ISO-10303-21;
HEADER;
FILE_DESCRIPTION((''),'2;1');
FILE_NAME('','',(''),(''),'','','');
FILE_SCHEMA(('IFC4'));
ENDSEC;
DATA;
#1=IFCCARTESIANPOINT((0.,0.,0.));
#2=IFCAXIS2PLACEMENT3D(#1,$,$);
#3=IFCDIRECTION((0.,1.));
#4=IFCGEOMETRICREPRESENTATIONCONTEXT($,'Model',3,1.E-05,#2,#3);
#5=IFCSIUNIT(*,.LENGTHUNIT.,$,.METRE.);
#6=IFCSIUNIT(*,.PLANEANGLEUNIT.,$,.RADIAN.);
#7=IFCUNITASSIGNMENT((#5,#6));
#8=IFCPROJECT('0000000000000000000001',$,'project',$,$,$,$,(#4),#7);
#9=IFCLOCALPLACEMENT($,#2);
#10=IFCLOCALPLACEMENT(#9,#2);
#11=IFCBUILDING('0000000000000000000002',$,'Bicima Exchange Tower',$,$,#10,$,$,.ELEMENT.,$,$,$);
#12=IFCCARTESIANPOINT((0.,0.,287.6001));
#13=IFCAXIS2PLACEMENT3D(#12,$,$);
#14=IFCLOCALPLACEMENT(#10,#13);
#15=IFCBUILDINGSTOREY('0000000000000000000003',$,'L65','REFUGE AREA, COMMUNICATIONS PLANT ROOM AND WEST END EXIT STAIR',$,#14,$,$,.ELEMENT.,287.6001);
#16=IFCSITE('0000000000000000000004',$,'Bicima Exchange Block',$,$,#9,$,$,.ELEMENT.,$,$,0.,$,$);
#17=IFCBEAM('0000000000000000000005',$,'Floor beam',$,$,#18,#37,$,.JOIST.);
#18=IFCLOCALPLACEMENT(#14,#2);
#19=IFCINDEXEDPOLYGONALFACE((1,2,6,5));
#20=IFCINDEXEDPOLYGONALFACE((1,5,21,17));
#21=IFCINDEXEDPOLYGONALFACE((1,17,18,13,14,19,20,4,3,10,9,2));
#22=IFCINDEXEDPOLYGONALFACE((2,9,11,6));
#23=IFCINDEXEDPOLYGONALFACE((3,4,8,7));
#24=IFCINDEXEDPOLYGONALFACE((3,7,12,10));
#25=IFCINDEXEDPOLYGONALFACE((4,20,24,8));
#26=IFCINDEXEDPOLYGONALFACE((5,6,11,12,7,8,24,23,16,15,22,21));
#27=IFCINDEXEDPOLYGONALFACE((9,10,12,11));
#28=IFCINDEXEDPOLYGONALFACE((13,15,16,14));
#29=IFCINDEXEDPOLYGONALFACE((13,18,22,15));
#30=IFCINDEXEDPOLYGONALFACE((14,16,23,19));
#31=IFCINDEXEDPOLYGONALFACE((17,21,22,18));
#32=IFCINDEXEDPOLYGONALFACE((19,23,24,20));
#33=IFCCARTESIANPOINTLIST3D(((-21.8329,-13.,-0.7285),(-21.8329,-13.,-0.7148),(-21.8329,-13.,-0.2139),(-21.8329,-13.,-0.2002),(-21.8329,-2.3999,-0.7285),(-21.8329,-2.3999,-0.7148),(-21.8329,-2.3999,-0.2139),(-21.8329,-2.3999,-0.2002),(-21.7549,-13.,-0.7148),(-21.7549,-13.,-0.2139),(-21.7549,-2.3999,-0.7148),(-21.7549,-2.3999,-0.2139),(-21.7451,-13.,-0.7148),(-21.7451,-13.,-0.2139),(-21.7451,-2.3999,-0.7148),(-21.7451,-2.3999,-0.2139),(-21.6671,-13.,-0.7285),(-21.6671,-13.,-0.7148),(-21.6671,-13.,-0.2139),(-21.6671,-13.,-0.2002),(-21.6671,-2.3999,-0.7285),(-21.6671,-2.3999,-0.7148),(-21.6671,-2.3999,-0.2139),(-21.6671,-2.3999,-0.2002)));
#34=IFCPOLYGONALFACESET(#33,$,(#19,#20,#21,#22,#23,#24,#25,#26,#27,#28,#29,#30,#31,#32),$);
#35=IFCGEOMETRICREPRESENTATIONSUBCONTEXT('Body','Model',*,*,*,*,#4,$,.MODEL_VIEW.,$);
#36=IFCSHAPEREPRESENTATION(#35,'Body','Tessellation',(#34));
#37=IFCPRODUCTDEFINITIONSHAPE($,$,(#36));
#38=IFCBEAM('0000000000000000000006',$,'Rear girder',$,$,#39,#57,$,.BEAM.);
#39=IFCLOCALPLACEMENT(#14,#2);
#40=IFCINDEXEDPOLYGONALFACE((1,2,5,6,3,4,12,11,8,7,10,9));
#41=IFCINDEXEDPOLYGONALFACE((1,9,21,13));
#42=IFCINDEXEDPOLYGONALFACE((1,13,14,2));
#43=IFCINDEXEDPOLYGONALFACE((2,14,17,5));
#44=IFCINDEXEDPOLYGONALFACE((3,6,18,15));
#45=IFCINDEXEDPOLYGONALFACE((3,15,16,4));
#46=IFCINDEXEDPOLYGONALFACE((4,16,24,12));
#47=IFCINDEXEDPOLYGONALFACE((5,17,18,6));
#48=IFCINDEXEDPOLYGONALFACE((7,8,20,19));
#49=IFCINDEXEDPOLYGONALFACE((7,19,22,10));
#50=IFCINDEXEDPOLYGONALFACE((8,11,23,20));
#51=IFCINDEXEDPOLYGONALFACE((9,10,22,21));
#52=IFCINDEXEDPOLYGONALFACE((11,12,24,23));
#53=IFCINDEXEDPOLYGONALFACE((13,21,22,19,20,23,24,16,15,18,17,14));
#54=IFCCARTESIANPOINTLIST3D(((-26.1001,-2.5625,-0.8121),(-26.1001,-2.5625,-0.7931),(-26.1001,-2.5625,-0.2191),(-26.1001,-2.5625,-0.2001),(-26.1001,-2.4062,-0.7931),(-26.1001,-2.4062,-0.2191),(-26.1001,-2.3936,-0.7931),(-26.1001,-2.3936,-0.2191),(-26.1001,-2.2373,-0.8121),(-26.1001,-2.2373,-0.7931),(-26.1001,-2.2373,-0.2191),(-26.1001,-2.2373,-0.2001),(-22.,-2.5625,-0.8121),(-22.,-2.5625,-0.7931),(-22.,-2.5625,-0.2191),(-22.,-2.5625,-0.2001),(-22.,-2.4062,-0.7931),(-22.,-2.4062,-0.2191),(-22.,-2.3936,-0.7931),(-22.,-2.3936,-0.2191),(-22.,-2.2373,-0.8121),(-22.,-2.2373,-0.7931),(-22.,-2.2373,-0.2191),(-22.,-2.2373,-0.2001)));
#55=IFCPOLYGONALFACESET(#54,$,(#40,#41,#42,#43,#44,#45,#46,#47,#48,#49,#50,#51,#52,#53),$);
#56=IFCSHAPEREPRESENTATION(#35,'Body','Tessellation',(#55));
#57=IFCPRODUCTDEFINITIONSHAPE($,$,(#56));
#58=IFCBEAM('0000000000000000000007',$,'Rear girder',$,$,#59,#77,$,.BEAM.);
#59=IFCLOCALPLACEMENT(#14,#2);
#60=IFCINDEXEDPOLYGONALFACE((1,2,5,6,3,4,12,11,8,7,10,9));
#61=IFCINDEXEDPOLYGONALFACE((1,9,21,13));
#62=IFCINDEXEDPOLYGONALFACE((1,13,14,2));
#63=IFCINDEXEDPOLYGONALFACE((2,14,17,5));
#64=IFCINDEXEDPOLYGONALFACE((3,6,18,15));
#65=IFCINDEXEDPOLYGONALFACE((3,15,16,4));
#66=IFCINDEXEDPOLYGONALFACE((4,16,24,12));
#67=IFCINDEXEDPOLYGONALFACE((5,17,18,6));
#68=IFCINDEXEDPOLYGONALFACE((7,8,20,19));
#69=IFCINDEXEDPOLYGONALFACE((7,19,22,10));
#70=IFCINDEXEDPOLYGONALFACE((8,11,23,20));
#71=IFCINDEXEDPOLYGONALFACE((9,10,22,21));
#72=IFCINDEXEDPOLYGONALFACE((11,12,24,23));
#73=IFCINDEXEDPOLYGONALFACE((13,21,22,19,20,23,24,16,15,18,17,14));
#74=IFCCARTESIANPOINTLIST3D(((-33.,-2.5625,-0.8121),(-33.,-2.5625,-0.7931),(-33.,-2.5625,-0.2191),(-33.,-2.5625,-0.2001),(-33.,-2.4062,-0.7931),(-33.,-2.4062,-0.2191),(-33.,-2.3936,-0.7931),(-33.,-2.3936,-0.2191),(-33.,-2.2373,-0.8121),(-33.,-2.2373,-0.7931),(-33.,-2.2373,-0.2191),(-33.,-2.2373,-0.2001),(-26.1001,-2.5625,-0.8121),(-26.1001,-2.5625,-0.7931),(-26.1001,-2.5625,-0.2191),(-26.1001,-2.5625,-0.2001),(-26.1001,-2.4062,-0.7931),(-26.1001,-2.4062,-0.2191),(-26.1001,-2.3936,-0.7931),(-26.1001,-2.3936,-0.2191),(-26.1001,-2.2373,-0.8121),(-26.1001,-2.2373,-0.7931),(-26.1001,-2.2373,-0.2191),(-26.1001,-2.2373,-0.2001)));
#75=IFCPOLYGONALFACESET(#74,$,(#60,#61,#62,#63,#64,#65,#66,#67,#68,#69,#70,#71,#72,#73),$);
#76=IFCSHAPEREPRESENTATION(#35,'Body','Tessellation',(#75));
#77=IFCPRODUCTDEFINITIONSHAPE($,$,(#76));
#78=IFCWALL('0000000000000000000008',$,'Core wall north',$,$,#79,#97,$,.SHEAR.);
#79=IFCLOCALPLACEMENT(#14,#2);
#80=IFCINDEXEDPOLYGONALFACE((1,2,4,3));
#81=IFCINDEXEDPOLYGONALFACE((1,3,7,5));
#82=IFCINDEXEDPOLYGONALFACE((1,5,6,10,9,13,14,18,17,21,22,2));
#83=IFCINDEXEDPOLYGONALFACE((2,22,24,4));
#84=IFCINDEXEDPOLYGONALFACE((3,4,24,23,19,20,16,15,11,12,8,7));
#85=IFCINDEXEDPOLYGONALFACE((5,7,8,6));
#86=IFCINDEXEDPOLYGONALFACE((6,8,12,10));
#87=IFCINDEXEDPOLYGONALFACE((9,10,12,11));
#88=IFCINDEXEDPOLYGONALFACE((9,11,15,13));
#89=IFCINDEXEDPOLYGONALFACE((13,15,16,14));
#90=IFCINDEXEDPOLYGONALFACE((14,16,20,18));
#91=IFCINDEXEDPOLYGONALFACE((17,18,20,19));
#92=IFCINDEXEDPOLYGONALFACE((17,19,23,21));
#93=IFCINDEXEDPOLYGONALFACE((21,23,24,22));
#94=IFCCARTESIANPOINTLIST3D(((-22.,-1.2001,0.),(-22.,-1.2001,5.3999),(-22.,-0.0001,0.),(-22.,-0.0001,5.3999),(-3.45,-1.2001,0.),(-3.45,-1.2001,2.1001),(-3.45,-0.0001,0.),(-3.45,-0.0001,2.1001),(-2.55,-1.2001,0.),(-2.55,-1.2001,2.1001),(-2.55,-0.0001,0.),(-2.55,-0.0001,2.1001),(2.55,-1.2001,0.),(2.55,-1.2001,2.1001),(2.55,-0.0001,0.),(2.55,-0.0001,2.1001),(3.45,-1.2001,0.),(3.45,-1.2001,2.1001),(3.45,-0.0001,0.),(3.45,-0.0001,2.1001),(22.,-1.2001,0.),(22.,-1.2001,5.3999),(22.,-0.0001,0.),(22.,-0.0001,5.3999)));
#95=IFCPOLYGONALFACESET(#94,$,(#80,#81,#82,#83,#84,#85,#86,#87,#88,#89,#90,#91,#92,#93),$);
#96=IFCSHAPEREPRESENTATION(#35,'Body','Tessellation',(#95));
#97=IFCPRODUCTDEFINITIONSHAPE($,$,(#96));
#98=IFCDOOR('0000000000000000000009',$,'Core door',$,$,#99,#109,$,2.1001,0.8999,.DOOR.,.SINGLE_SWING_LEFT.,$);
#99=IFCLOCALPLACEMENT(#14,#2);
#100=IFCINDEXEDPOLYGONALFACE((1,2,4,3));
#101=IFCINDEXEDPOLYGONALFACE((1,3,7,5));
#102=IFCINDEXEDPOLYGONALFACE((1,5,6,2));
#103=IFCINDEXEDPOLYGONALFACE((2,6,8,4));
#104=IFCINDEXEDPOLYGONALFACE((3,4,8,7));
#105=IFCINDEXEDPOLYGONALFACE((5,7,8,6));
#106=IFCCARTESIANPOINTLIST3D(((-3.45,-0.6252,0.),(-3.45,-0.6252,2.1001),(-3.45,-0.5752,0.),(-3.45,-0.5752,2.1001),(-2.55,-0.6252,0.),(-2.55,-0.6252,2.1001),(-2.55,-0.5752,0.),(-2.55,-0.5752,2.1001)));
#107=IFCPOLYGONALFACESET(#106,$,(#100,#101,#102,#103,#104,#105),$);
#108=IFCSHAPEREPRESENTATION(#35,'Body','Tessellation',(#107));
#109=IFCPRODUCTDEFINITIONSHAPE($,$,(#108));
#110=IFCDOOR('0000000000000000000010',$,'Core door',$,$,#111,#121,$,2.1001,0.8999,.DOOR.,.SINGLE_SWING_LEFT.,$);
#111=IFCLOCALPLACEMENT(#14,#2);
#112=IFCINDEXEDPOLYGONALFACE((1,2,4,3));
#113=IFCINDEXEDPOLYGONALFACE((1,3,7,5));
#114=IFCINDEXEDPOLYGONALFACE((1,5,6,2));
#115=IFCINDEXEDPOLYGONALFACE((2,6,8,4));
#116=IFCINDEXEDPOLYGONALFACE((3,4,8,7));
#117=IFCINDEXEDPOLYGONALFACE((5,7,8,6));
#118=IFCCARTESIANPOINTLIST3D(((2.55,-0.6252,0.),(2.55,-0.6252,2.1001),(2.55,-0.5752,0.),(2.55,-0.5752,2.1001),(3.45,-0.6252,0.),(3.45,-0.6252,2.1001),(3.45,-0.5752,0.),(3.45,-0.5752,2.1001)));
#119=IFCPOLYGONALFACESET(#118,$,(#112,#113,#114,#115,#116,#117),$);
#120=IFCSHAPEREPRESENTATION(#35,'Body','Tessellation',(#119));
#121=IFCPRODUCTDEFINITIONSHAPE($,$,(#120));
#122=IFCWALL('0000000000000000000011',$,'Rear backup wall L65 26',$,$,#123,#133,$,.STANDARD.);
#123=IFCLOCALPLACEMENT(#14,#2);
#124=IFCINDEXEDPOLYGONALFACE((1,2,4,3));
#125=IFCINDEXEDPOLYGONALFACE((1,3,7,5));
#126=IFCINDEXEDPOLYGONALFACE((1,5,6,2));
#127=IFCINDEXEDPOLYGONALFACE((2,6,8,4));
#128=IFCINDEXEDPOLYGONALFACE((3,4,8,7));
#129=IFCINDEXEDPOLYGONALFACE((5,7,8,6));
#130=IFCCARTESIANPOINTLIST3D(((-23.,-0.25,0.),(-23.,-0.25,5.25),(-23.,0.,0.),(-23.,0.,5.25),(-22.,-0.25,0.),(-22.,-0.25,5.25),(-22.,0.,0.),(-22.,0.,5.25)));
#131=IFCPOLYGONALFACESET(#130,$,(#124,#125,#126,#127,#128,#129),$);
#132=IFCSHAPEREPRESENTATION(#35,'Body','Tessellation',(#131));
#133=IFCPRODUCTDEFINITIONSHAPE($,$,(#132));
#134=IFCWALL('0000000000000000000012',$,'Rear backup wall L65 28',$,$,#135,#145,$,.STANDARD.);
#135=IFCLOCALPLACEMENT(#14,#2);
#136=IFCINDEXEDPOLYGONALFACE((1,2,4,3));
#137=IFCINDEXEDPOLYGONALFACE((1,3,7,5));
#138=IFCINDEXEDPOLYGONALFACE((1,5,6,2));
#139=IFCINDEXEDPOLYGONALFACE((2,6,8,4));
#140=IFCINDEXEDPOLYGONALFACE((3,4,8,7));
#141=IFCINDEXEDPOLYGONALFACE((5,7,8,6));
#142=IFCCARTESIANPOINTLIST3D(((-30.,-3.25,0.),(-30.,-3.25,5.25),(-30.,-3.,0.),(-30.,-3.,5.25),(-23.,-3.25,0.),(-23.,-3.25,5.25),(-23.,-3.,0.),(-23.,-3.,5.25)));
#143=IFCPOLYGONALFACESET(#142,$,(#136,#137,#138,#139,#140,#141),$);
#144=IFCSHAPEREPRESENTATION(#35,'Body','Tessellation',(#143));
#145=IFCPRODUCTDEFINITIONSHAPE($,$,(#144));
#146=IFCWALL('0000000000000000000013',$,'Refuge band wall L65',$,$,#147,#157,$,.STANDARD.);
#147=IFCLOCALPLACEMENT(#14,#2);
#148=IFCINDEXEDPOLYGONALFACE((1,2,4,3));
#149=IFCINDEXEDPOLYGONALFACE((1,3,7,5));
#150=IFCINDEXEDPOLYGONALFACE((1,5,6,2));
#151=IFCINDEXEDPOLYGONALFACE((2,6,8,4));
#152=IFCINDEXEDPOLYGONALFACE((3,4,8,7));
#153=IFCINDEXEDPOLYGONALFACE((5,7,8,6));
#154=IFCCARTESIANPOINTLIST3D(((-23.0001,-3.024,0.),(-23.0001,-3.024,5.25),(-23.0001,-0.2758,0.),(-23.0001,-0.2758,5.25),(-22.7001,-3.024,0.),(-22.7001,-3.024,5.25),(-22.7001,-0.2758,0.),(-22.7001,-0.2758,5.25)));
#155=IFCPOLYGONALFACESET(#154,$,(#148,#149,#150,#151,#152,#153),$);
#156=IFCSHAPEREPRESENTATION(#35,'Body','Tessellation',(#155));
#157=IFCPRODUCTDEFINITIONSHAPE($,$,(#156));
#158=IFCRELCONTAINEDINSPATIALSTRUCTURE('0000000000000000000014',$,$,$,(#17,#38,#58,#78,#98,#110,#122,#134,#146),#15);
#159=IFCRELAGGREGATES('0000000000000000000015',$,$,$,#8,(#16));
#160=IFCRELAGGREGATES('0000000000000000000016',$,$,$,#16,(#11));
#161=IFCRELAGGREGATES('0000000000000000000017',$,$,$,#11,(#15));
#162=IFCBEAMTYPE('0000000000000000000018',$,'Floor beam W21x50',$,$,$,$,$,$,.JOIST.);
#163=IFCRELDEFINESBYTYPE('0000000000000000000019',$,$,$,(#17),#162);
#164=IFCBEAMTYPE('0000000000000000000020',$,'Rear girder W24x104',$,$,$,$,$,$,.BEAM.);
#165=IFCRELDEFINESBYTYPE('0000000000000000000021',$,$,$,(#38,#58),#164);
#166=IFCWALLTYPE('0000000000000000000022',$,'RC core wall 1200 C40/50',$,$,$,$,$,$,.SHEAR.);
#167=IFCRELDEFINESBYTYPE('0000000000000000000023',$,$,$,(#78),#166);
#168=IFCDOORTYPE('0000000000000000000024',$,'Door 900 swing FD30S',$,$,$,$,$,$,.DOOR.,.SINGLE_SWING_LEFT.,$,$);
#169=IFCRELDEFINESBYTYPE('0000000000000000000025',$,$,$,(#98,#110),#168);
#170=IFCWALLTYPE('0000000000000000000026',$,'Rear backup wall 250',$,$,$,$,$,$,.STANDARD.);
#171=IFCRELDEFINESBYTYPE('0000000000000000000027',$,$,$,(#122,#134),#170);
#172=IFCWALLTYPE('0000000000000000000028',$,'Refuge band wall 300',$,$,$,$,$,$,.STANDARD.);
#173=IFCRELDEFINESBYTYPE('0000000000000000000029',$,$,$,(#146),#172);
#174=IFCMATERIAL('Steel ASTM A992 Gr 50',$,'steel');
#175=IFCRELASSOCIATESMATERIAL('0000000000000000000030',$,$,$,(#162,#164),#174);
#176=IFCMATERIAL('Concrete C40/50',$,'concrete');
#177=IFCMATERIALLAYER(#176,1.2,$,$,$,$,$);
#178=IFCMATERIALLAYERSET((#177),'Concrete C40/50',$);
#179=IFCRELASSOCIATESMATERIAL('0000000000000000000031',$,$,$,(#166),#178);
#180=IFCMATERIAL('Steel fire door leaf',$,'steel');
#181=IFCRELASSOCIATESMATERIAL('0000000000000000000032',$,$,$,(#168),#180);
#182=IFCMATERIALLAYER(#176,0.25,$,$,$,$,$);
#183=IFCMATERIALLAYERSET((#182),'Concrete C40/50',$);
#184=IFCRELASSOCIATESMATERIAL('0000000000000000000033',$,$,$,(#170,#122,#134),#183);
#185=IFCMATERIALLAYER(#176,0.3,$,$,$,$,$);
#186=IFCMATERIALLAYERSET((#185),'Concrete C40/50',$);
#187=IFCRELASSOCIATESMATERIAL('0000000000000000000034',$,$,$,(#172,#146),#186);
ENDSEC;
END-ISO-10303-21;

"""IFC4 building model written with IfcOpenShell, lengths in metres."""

from ifc_helpers import new_model, si_unit, direction, frame, frame_2d, origin, origin_2d, place, context, subcontext, project, spatial, rectangle, i_section, extrude, material, layer, layer_set, layer_usage, material_profile, profile_set, type_object, element, fill, save


model = new_model("IFC4")

# Units and contexts
model_context = context("Model", 3, precision=1e-05, world=origin(), true_north=direction((0.0, 1.0)))
body_context = subcontext(model_context, "Body", "Model", "MODEL_VIEW")
ifc_project = project(units=[si_unit("LENGTHUNIT", "METRE"), si_unit("PLANEANGLEUNIT", "RADIAN")], contexts=[model_context])

# Site, building, storey
site_placement = place(None, origin())
site = spatial("IfcSite", under=ifc_project, at=site_placement, Name="Bicima Exchange Block", CompositionType="ELEMENT", RefElevation=0.0)
building_placement = place(site_placement, origin())
building = spatial("IfcBuilding", under=site, at=building_placement, Name="Bicima Exchange Tower", CompositionType="ELEMENT")
storey_placement = place(building_placement, frame((0.0, 0.0, 287.6001)))
storey = spatial("IfcBuildingStorey", under=building, at=storey_placement, Name="L65", Description="REFUGE AREA, COMMUNICATIONS PLANT ROOM AND WEST END EXIT STAIR", CompositionType="ELEMENT", Elevation=287.6001)

# Shared definitions
ifc_material_1 = material(Name="Steel ASTM A992 Gr 50", Category="steel")

# Beams
ifc_material_profile_1 = material_profile(ifc_material_1, i_section(OverallWidth=0.1658, OverallDepth=0.5283, WebThickness=0.0098, FlangeThickness=0.0137, at=origin_2d()))
ifc_profile_set_1 = profile_set([ifc_material_profile_1], Name="Steel ASTM A992 Gr 50")
beam_type_1 = type_object("IfcBeamType", Name="Floor beam W21x50", PredefinedType="JOIST", material=ifc_profile_set_1)
beam_1_placement = place(storey_placement, frame((-21.75, -2.3999, -0.4644), z_axis=(0.0, -1.0, 0.0), x_axis=(1.0, 0.0, 0.0)))
element("IfcBeam", 1, at=beam_1_placement, inside=storey, type_object=beam_type_1, Name="Floor beam", PredefinedType="JOIST", context=body_context, shape_type="SweptSolid", body=[
    extrude(i_section(OverallWidth=0.1658, OverallDepth=0.5283, WebThickness=0.0098, FlangeThickness=0.0137, at=origin_2d()), origin(), (0.0, 0.0, 1.0), 10.6001),
])
ifc_material_profile_2 = material_profile(ifc_material_1, i_section(OverallWidth=0.3252, OverallDepth=0.6121, WebThickness=0.0127, FlangeThickness=0.019, at=origin_2d()))
ifc_profile_set_2 = profile_set([ifc_material_profile_2], Name="Steel ASTM A992 Gr 50")
beam_type_2 = type_object("IfcBeamType", Name="Rear girder W24x104", PredefinedType="BEAM", material=ifc_profile_set_2)
beam_2_placement = place(storey_placement, frame((-22.0, -2.3999, -0.5061), z_axis=(-1.0, 0.0, 0.0), x_axis=(0.0, -1.0, 0.0)))
element("IfcBeam", 2, at=beam_2_placement, inside=storey, type_object=beam_type_2, Name="Rear girder", PredefinedType="BEAM", context=body_context, shape_type="SweptSolid", body=[
    extrude(i_section(OverallWidth=0.3252, OverallDepth=0.6121, WebThickness=0.0127, FlangeThickness=0.019, at=origin_2d()), origin(), (0.0, 0.0, 1.0), 4.1001),
])
beam_3_placement = place(storey_placement, frame((-26.1001, -2.3999, -0.5061), z_axis=(-1.0, 0.0, 0.0), x_axis=(0.0, -1.0, 0.0)))
element("IfcBeam", 3, at=beam_3_placement, inside=storey, type_object=beam_type_2, Name="Rear girder", PredefinedType="BEAM", context=body_context, shape_type="SweptSolid", body=[
    extrude(i_section(OverallWidth=0.3252, OverallDepth=0.6121, WebThickness=0.0127, FlangeThickness=0.019, at=origin_2d()), origin(), (0.0, 0.0, 1.0), 6.8999),
])

# Wall, openings, doors
ifc_material_2 = material(Name="Concrete C40/50", Category="concrete")
ifc_layer_1 = layer(ifc_material_2, 1.2)
ifc_layer_set_1 = layer_set([ifc_layer_1], Name="Concrete C40/50")
wall_type_1 = type_object("IfcWallType", Name="RC core wall 1200 C40/50", PredefinedType="SHEAR", material=ifc_layer_set_1)
wall_1_placement = place(storey_placement, frame((-22.0, -0.6001, 0.0), z_axis=(0.0, 0.0, 1.0), x_axis=(1.0, 0.0, 0.0)))
wall_1 = element("IfcWall", 4, at=wall_1_placement, inside=storey, type_object=wall_type_1, Name="Core wall north", PredefinedType="SHEAR", context=body_context, shape_type="SweptSolid", body=[
    extrude(rectangle(XDim=44.0, YDim=1.2, at=frame_2d((22.0, 0.0))), origin(), (0.0, 0.0, 1.0), 5.3999),
])
opening_1_placement = place(wall_1_placement, frame((18.55, 0.0, 0.0)))
opening_1 = element("IfcOpeningElement", 5, at=opening_1_placement, cuts=wall_1, PredefinedType="OPENING", context=body_context, shape_type="SweptSolid", body=[
    extrude(rectangle(XDim=0.8999, YDim=2.1001, at=frame_2d((0.45, 1.05))), frame((0.0, 0.6118, 0.0), z_axis=(0.0, -1.0, 0.0), x_axis=(1.0, 0.0, 0.0)), (0.0, 0.0, 1.0), 1.2239),
])
opening_2_placement = place(wall_1_placement, frame((24.55, 0.0, 0.0)))
opening_2 = element("IfcOpeningElement", 6, at=opening_2_placement, cuts=wall_1, PredefinedType="OPENING", context=body_context, shape_type="SweptSolid", body=[
    extrude(rectangle(XDim=0.8999, YDim=2.1001, at=frame_2d((0.45, 1.05))), frame((0.0, 0.6118, 0.0), z_axis=(0.0, -1.0, 0.0), x_axis=(1.0, 0.0, 0.0)), (0.0, 0.0, 1.0), 1.2239),
])
ifc_material_3 = material(Name="Steel fire door leaf", Category="steel")
door_type = type_object("IfcDoorType", Name="Door 900 swing FD30S", OperationType="SINGLE_SWING_LEFT", PredefinedType="DOOR", material=ifc_material_3)
door_1_placement = place(opening_1_placement, origin())
door_1 = element("IfcDoor", 7, at=door_1_placement, inside=storey, type_object=door_type, Name="Core door", OperationType="SINGLE_SWING_LEFT", OverallHeight=2.1001, OverallWidth=0.8999, PredefinedType="DOOR", context=body_context, shape_type="SweptSolid", body=[
    extrude(rectangle(XDim=0.8999, YDim=2.1001, at=frame_2d((0.45, 1.05))), frame((0.0, 0.0249, 0.0), z_axis=(0.0, -1.0, 0.0), x_axis=(1.0, 0.0, 0.0)), (0.0, 0.0, 1.0), 0.05),
])
fill(opening_1, door_1)
door_2_placement = place(opening_2_placement, origin())
door_2 = element("IfcDoor", 8, at=door_2_placement, inside=storey, type_object=door_type, Name="Core door", OperationType="SINGLE_SWING_LEFT", OverallHeight=2.1001, OverallWidth=0.8999, PredefinedType="DOOR", context=body_context, shape_type="SweptSolid", body=[
    extrude(rectangle(XDim=0.8999, YDim=2.1001, at=frame_2d((0.45, 1.05))), frame((0.0, 0.0249, 0.0), z_axis=(0.0, -1.0, 0.0), x_axis=(1.0, 0.0, 0.0)), (0.0, 0.0, 1.0), 0.05),
])
fill(opening_2, door_2)

# Walls
ifc_layer_2 = layer(ifc_material_2, 0.25)
ifc_layer_set_2 = layer_set([ifc_layer_2], Name="Concrete C40/50")
ifc_layer_usage_1 = layer_usage(ifc_layer_set_2, "AXIS2", "POSITIVE", -0.125)
wall_type_2 = type_object("IfcWallType", Name="Rear backup wall 250", PredefinedType="STANDARD", material=ifc_layer_set_2)
wall_2_placement = place(storey_placement, frame((-22.0, -0.125, 0.0), z_axis=(0.0, 0.0, 1.0), x_axis=(-1.0, 0.0, 0.0)))
element("IfcWall", 9, at=wall_2_placement, inside=storey, type_object=wall_type_2, material=ifc_layer_usage_1, Name="Rear backup wall L65 26", PredefinedType="STANDARD", context=body_context, shape_type="SweptSolid", body=[
    extrude(rectangle(XDim=1.0, YDim=0.25, at=frame_2d((0.5, 0.0))), origin(), (0.0, 0.0, 1.0), 5.25),
])
wall_3_placement = place(storey_placement, frame((-23.0, -3.125, 0.0), z_axis=(0.0, 0.0, 1.0), x_axis=(-1.0, 0.0, 0.0)))
element("IfcWall", 10, at=wall_3_placement, inside=storey, type_object=wall_type_2, material=ifc_layer_usage_1, Name="Rear backup wall L65 28", PredefinedType="STANDARD", context=body_context, shape_type="SweptSolid", body=[
    extrude(rectangle(XDim=7.0, YDim=0.25, at=frame_2d((3.5, 0.0))), origin(), (0.0, 0.0, 1.0), 5.25),
])
ifc_layer_3 = layer(ifc_material_2, 0.3)
ifc_layer_set_3 = layer_set([ifc_layer_3], Name="Concrete C40/50")
ifc_layer_usage_2 = layer_usage(ifc_layer_set_3, "AXIS2", "POSITIVE", -0.15)
wall_type_3 = type_object("IfcWallType", Name="Refuge band wall 300", PredefinedType="STANDARD", material=ifc_layer_set_3)
wall_4_placement = place(storey_placement, frame((-22.8501, -0.2759, 0.0), z_axis=(0.0, 0.0, 1.0), x_axis=(0.0, -1.0, 0.0)))
element("IfcWall", 11, at=wall_4_placement, inside=storey, type_object=wall_type_3, material=ifc_layer_usage_2, Name="Refuge band wall L65", PredefinedType="STANDARD", context=body_context, shape_type="SweptSolid", body=[
    extrude(rectangle(XDim=2.7483, YDim=0.3, at=frame_2d((1.374, 0.0))), origin(), (0.0, 0.0, 1.0), 5.25),
])

save(model, "model.ifc")
